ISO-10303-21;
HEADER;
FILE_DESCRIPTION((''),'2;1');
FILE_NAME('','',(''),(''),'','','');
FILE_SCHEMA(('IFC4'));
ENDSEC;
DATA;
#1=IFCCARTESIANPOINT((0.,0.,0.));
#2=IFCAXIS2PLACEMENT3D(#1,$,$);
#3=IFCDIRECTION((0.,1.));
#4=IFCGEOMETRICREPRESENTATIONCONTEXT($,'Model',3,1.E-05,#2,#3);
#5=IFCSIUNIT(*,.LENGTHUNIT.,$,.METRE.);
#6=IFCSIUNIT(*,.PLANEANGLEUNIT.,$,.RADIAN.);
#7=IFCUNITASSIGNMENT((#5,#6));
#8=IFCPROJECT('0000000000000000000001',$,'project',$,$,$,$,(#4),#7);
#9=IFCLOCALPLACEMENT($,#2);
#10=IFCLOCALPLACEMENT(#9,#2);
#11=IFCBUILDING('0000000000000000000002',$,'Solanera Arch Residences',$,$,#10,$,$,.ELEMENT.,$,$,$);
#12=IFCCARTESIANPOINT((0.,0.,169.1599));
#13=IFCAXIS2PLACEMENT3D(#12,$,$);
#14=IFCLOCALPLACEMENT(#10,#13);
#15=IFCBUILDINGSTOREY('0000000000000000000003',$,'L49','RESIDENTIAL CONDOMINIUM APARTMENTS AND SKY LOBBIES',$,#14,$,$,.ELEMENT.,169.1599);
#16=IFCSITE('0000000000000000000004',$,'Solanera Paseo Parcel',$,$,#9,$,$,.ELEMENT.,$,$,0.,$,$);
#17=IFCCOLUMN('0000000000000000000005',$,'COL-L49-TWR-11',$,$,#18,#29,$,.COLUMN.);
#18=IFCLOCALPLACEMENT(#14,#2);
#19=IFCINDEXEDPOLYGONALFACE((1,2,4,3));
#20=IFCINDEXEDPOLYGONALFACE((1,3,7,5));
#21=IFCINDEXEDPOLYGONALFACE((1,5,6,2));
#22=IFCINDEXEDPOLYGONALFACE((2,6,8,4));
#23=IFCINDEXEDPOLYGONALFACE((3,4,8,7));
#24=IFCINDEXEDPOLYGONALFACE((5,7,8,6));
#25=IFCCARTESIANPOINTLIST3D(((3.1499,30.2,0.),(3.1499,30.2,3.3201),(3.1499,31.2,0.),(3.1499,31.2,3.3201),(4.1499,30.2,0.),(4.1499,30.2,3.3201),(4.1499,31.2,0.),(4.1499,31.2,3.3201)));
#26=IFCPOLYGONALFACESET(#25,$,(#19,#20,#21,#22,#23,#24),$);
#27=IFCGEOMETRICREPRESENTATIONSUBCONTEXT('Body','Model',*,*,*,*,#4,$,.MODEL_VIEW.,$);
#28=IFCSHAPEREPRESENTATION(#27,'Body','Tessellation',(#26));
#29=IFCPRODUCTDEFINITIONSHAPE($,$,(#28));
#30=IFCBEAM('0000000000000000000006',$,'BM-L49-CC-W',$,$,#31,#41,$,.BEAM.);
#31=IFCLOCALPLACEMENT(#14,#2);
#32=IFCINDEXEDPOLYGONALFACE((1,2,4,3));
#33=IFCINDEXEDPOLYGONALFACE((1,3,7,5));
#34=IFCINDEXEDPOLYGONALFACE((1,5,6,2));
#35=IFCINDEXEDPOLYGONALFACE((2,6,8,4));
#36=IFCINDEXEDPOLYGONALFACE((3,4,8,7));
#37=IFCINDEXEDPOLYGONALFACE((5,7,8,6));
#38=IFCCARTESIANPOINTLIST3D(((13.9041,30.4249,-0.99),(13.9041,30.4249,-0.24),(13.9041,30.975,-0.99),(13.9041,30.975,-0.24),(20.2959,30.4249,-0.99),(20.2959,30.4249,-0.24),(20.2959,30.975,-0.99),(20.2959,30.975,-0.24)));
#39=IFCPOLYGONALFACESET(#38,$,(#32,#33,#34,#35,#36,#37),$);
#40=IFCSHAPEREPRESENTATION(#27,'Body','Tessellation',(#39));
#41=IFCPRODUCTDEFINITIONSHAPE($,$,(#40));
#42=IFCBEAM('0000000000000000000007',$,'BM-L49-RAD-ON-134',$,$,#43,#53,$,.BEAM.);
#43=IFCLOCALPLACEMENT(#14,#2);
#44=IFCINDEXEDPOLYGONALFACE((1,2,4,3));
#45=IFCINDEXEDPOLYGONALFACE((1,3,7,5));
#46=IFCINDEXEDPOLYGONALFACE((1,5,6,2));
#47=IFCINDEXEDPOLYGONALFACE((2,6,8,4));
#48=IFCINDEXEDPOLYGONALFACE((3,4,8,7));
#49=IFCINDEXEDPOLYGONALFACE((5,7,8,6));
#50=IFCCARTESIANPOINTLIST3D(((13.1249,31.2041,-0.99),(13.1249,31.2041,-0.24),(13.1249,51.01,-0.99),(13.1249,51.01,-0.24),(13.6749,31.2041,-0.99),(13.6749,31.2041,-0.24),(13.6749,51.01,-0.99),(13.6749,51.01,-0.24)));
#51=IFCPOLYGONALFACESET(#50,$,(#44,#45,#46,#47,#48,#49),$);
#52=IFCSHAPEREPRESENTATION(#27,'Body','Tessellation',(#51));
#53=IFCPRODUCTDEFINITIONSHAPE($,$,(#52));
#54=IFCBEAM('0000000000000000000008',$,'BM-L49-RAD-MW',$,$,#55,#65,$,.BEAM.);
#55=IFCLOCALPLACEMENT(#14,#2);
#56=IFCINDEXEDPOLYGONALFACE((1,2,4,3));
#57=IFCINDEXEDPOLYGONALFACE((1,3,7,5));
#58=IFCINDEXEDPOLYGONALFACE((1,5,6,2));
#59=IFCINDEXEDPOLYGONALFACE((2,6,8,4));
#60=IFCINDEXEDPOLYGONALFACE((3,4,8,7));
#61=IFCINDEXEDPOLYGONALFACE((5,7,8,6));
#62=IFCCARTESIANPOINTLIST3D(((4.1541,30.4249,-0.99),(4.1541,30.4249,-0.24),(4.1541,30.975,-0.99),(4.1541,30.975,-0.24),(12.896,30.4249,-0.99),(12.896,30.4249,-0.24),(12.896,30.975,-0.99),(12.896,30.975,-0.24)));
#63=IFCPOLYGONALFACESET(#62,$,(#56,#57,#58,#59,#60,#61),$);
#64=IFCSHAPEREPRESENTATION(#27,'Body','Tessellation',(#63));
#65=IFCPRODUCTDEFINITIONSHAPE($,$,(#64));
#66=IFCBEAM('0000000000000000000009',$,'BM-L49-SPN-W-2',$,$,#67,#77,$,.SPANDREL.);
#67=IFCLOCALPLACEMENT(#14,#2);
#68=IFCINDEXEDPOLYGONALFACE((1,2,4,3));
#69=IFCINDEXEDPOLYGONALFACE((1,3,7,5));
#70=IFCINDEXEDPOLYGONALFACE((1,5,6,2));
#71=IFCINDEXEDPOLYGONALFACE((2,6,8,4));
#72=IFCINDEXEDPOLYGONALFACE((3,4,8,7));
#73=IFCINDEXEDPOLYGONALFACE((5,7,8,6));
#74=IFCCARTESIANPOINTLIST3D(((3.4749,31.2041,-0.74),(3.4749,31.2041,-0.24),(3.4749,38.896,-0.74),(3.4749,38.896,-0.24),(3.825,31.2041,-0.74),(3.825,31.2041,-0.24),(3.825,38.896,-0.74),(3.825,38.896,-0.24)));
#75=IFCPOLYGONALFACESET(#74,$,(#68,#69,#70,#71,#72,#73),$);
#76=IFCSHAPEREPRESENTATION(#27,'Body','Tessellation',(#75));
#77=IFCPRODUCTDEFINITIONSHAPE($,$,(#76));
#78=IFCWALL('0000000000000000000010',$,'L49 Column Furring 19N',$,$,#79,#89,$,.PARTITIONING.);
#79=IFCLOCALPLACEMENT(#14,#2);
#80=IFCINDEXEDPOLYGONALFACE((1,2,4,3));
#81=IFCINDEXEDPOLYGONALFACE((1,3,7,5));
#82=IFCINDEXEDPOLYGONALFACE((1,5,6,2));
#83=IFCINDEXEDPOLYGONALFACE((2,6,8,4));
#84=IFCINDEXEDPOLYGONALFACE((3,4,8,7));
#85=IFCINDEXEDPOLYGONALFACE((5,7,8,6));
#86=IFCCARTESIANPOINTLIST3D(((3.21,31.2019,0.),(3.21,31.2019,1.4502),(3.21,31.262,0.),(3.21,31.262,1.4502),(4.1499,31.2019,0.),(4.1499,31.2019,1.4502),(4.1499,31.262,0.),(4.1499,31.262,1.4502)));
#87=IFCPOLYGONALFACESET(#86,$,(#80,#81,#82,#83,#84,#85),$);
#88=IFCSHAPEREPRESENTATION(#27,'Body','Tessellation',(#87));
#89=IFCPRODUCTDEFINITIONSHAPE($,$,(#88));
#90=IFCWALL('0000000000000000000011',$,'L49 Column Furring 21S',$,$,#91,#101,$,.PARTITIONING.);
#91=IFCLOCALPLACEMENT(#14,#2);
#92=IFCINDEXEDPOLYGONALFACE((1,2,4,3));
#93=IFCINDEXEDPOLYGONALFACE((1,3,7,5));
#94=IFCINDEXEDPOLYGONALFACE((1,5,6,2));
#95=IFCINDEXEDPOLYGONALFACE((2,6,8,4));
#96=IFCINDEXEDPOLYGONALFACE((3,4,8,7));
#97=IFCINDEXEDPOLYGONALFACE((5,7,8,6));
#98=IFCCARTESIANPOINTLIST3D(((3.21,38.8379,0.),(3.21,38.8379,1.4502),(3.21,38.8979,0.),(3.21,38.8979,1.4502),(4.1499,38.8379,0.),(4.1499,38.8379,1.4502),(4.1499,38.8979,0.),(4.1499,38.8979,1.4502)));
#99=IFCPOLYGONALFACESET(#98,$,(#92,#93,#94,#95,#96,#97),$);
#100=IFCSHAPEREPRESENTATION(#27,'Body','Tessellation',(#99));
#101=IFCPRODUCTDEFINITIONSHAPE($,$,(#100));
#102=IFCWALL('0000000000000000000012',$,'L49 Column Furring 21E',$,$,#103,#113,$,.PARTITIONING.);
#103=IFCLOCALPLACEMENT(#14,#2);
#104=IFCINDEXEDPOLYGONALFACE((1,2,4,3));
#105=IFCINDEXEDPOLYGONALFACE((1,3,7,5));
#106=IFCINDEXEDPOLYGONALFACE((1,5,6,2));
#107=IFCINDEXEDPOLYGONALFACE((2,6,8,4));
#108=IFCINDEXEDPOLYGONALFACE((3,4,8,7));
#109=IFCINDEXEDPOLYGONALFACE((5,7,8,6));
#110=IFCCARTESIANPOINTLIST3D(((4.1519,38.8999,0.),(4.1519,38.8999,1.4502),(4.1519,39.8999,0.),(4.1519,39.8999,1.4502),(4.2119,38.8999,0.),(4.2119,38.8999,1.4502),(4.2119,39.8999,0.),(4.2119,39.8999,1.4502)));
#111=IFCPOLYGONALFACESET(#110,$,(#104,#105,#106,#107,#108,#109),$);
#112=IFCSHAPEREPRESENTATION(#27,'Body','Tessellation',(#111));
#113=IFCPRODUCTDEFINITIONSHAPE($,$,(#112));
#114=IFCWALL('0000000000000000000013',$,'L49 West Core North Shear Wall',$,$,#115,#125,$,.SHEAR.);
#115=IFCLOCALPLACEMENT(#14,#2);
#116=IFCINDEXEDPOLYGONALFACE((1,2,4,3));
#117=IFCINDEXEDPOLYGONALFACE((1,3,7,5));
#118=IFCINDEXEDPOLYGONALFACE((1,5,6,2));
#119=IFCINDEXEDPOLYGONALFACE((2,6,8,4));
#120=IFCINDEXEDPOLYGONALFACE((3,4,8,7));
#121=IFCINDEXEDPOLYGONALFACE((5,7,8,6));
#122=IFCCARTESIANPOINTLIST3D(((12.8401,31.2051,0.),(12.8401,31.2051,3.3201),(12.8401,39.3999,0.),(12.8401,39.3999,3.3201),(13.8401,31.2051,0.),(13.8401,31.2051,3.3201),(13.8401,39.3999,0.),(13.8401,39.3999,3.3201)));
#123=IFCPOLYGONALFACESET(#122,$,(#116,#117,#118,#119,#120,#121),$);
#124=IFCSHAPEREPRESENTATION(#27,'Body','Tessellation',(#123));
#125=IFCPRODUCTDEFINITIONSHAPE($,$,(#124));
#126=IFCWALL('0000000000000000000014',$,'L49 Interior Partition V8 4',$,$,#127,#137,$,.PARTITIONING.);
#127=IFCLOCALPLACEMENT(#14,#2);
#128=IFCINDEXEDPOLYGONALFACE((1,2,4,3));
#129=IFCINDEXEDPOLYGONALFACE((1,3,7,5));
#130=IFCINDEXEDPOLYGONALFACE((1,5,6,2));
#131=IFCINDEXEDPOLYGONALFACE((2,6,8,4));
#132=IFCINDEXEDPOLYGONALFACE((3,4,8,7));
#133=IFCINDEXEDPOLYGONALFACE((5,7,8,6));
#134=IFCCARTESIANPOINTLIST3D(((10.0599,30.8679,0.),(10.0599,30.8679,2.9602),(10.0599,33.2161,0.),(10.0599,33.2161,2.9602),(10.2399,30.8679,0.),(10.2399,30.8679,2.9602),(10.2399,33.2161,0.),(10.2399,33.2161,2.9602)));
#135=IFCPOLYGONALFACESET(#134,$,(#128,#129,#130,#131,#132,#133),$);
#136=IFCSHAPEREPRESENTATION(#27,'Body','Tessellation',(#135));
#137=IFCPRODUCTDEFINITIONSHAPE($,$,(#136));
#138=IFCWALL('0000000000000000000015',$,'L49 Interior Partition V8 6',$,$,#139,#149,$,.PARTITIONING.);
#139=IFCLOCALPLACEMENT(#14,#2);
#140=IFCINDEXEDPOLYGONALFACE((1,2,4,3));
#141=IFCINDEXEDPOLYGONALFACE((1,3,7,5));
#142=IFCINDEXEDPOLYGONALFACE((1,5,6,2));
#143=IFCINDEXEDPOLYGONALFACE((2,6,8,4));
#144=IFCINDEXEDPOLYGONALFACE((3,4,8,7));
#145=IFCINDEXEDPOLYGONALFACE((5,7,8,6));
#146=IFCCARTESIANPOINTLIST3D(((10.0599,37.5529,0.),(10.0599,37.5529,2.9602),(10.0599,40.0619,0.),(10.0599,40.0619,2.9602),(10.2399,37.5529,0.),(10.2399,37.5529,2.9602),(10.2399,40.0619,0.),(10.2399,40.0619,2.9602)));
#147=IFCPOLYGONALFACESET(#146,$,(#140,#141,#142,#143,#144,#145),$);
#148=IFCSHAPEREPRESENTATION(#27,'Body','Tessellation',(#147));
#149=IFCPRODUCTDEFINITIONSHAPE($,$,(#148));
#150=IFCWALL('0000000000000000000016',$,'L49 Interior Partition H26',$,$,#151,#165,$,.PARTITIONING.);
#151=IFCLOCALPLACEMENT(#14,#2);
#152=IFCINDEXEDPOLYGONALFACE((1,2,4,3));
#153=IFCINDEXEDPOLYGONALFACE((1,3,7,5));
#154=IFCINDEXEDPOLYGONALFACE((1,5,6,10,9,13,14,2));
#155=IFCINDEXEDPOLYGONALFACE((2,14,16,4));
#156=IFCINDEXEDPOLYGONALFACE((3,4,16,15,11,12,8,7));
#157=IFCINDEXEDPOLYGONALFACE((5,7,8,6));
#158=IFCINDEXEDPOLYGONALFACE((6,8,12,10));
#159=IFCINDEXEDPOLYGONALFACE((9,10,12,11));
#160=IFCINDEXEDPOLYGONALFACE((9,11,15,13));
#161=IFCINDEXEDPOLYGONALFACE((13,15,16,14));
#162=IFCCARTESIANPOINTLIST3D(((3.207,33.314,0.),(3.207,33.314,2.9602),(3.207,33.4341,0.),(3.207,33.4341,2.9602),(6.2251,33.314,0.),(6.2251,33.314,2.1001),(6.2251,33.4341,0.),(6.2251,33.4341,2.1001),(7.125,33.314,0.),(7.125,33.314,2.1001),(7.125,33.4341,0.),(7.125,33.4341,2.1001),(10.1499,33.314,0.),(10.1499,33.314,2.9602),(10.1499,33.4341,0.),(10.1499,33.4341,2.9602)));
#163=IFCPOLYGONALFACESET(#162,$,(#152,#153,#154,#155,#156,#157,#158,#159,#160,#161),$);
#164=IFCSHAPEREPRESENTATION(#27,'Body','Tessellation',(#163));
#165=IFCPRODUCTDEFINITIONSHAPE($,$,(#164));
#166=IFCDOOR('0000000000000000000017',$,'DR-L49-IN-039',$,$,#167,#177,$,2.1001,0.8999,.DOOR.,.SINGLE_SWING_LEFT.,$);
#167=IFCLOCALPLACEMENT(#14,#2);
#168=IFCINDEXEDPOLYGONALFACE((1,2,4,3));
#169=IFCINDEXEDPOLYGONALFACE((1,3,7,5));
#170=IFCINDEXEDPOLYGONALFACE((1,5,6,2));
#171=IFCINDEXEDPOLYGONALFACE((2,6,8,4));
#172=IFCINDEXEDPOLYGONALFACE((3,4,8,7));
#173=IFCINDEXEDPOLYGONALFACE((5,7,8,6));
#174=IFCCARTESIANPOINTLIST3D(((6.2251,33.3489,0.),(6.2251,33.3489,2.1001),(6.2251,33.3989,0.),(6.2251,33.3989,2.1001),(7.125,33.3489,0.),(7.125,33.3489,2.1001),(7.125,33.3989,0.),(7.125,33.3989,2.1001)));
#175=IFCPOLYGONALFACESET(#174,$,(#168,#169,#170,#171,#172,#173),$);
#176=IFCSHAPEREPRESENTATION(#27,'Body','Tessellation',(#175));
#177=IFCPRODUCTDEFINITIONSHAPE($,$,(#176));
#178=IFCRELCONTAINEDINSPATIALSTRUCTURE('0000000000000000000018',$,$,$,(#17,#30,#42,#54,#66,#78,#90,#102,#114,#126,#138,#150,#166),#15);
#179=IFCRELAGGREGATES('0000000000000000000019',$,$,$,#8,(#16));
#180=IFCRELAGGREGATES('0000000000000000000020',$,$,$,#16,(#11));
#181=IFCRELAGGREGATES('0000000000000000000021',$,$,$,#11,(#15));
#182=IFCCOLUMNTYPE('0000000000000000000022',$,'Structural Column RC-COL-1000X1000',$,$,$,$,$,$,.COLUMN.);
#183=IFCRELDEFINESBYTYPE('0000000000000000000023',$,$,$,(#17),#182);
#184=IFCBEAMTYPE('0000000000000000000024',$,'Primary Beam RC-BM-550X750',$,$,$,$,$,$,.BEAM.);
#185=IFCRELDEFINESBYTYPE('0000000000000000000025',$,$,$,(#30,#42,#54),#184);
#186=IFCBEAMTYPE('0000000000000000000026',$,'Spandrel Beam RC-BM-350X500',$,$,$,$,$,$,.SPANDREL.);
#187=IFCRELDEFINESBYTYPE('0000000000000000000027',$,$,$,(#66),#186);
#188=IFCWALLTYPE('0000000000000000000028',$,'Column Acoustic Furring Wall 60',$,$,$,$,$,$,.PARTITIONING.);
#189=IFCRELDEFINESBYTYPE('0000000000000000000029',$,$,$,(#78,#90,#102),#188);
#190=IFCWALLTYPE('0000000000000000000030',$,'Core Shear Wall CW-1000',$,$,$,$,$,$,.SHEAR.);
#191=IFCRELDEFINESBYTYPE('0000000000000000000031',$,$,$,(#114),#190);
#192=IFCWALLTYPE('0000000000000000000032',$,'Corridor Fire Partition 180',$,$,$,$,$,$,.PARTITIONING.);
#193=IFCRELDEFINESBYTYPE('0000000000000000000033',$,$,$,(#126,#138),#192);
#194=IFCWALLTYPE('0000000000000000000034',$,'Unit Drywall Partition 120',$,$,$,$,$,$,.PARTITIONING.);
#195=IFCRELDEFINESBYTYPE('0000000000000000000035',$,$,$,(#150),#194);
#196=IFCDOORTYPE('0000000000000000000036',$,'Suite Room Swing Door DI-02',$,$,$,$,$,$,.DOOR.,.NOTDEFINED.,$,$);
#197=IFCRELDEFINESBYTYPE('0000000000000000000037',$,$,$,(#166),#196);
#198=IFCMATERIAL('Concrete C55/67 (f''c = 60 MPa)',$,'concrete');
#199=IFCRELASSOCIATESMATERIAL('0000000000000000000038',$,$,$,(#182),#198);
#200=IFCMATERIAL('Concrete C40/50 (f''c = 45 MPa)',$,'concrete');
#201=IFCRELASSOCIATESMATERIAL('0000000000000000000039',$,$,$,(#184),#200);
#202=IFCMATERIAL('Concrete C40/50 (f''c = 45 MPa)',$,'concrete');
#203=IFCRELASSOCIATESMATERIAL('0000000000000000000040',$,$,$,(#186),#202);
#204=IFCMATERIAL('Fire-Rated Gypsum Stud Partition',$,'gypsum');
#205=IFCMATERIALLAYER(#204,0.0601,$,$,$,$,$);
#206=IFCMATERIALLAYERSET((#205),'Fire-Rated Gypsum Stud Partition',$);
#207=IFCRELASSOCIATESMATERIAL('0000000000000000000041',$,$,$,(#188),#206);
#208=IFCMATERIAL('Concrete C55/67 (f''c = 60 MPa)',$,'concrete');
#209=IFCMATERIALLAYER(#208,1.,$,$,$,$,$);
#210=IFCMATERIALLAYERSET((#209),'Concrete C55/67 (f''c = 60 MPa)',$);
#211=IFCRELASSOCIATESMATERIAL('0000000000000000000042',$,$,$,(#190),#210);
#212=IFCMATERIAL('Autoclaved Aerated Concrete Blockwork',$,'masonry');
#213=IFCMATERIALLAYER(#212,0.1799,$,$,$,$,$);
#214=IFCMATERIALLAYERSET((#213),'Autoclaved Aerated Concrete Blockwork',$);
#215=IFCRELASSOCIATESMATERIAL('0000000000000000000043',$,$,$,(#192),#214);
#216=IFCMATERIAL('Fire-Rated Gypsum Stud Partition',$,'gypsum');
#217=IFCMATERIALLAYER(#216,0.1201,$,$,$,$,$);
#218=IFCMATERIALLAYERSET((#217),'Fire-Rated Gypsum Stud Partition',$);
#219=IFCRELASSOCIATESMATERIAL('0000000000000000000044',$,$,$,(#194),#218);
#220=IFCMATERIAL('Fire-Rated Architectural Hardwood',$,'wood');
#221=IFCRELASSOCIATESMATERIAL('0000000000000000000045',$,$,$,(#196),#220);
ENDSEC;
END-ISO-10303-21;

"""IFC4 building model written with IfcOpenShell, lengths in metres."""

from ifc_helpers import new_model, si_unit, direction, frame, frame_2d, origin, origin_2d, place, context, subcontext, project, spatial, rectangle, extrude, material, layer, layer_set, material_profile, profile_set, type_object, element, fill, save


model = new_model("IFC4")

# Units and contexts
model_context = context("Model", 3, precision=1e-05, world=origin(), true_north=direction((0.0, 1.0)))
body_context = subcontext(model_context, "Body", "Model", "MODEL_VIEW")
ifc_project = project(units=[si_unit("LENGTHUNIT", "METRE"), si_unit("PLANEANGLEUNIT", "RADIAN")], contexts=[model_context])

# Site, building, storey
site_placement = place(None, origin())
site = spatial("IfcSite", under=ifc_project, at=site_placement, Name="Solanera Paseo Parcel", CompositionType="ELEMENT", RefElevation=0.0)
building_placement = place(site_placement, origin())
building = spatial("IfcBuilding", under=site, at=building_placement, Name="Solanera Arch Residences", CompositionType="ELEMENT")
storey_placement = place(building_placement, frame((0.0, 0.0, 169.1599)))
storey = spatial("IfcBuildingStorey", under=building, at=storey_placement, Name="L49", Description="RESIDENTIAL CONDOMINIUM APARTMENTS AND SKY LOBBIES", CompositionType="ELEMENT", Elevation=169.1599)

# Column
ifc_material_1 = material(Name="Concrete C55/67 (f'c = 60 MPa)", Category="concrete")
ifc_material_profile_1 = material_profile(ifc_material_1, rectangle(XDim=1.0, YDim=1.0, at=origin_2d()))
ifc_profile_set_1 = profile_set([ifc_material_profile_1], Name="Concrete C55/67 (f'c = 60 MPa)")
column_type = type_object("IfcColumnType", Name="Structural Column RC-COL-1000X1000", PredefinedType="COLUMN", material=ifc_profile_set_1)
column_placement = place(storey_placement, frame((3.6499, 30.7, 0.0), z_axis=(0.0, 0.0, 1.0), x_axis=(1.0, 0.0, 0.0)))
element("IfcColumn", 1, at=column_placement, inside=storey, type_object=column_type, Name="COL-L49-TWR-11", PredefinedType="COLUMN", context=body_context, shape_type="SweptSolid", body=[
    extrude(rectangle(XDim=1.0, YDim=1.0, at=origin_2d()), origin(), (0.0, 0.0, 1.0), 3.3201),
])

# Beams
ifc_material_2 = material(Name="Concrete C40/50 (f'c = 45 MPa)", Category="concrete")
ifc_material_profile_2 = material_profile(ifc_material_2, rectangle(XDim=0.55, YDim=0.75, at=origin_2d()))
ifc_profile_set_2 = profile_set([ifc_material_profile_2], Name="Concrete C40/50 (f'c = 45 MPa)")
beam_type_1 = type_object("IfcBeamType", Name="Primary Beam RC-BM-550X750", PredefinedType="BEAM", material=ifc_profile_set_2)
beam_1_placement = place(storey_placement, frame((13.9041, 30.7, -0.615), z_axis=(1.0, 0.0, 0.0), x_axis=(0.0, 1.0, 0.0)))
element("IfcBeam", 2, at=beam_1_placement, inside=storey, type_object=beam_type_1, Name="BM-L49-CC-W", PredefinedType="BEAM", context=body_context, shape_type="SweptSolid", body=[
    extrude(rectangle(XDim=0.55, YDim=0.75, at=origin_2d()), origin(), (0.0, 0.0, 1.0), 6.3918),
])
beam_2_placement = place(storey_placement, frame((13.3999, 31.2041, -0.615), z_axis=(0.0, 1.0, 0.0), x_axis=(-1.0, 0.0, 0.0)))
element("IfcBeam", 3, at=beam_2_placement, inside=storey, type_object=beam_type_1, Name="BM-L49-RAD-ON-134", PredefinedType="BEAM", context=body_context, shape_type="SweptSolid", body=[
    extrude(rectangle(XDim=0.55, YDim=0.75, at=origin_2d()), origin(), (0.0, 0.0, 1.0), 19.8059),
])
beam_3_placement = place(storey_placement, frame((4.1541, 30.7, -0.615), z_axis=(1.0, 0.0, 0.0), x_axis=(0.0, 1.0, 0.0)))
element("IfcBeam", 4, at=beam_3_placement, inside=storey, type_object=beam_type_1, Name="BM-L49-RAD-MW", PredefinedType="BEAM", context=body_context, shape_type="SweptSolid", body=[
    extrude(rectangle(XDim=0.55, YDim=0.75, at=origin_2d()), origin(), (0.0, 0.0, 1.0), 8.7419),
])
ifc_material_3 = material(Name="Concrete C40/50 (f'c = 45 MPa)", Category="concrete")
ifc_material_profile_3 = material_profile(ifc_material_3, rectangle(XDim=0.3501, YDim=0.5, at=origin_2d()))
ifc_profile_set_3 = profile_set([ifc_material_profile_3], Name="Concrete C40/50 (f'c = 45 MPa)")
beam_type_2 = type_object("IfcBeamType", Name="Spandrel Beam RC-BM-350X500", PredefinedType="SPANDREL", material=ifc_profile_set_3)
beam_4_placement = place(storey_placement, frame((3.6499, 31.2041, -0.49), z_axis=(0.0, 1.0, 0.0), x_axis=(-1.0, 0.0, 0.0)))
element("IfcBeam", 5, at=beam_4_placement, inside=storey, type_object=beam_type_2, Name="BM-L49-SPN-W-2", PredefinedType="SPANDREL", context=body_context, shape_type="SweptSolid", body=[
    extrude(rectangle(XDim=0.3501, YDim=0.5, at=origin_2d()), origin(), (0.0, 0.0, 1.0), 7.6919),
])

# Walls
ifc_material_4 = material(Name="Fire-Rated Gypsum Stud Partition", Category="gypsum")
ifc_layer_1 = layer(ifc_material_4, 0.0601)
ifc_layer_set_1 = layer_set([ifc_layer_1], Name="Fire-Rated Gypsum Stud Partition")
wall_type_1 = type_object("IfcWallType", Name="Column Acoustic Furring Wall 60", PredefinedType="PARTITIONING", material=ifc_layer_set_1)
for number, where, z_axis, x_axis, name in (
    (6, (3.21, 31.2319, 0.0), (0.0, 0.0, 1.0), (1.0, 0.0, 0.0), "L49 Column Furring 19N"),
    (7, (3.21, 38.8679, 0.0), (0.0, 0.0, 1.0), (1.0, 0.0, 0.0), "L49 Column Furring 21S"),
):
    element("IfcWall", number, at=place(storey_placement, frame(where, z_axis=z_axis, x_axis=x_axis)), inside=storey, type_object=wall_type_1, Name=name, PredefinedType="PARTITIONING", context=body_context, shape_type="SweptSolid", body=[
        extrude(rectangle(XDim=0.9399, YDim=0.0601, at=frame_2d((0.47, 0.0))), origin(), (0.0, 0.0, 1.0), 1.4502),
    ])
wall_1_placement = place(storey_placement, frame((4.1819, 38.8999, 0.0), z_axis=(0.0, 0.0, 1.0), x_axis=(0.0, 1.0, 0.0)))
element("IfcWall", 8, at=wall_1_placement, inside=storey, type_object=wall_type_1, Name="L49 Column Furring 21E", PredefinedType="PARTITIONING", context=body_context, shape_type="SweptSolid", body=[
    extrude(rectangle(XDim=1.0, YDim=0.0601, at=frame_2d((0.5, 0.0))), origin(), (0.0, 0.0, 1.0), 1.4502),
])
ifc_material_5 = material(Name="Concrete C55/67 (f'c = 60 MPa)", Category="concrete")
ifc_layer_2 = layer(ifc_material_5, 1.0)
ifc_layer_set_2 = layer_set([ifc_layer_2], Name="Concrete C55/67 (f'c = 60 MPa)")
wall_type_2 = type_object("IfcWallType", Name="Core Shear Wall CW-1000", PredefinedType="SHEAR", material=ifc_layer_set_2)
wall_2_placement = place(storey_placement, frame((13.3401, 31.2051, 0.0), z_axis=(0.0, 0.0, 1.0), x_axis=(0.0, 1.0, 0.0)))
element("IfcWall", 9, at=wall_2_placement, inside=storey, type_object=wall_type_2, Name="L49 West Core North Shear Wall", PredefinedType="SHEAR", context=body_context, shape_type="SweptSolid", body=[
    extrude(rectangle(XDim=8.1948, YDim=1.0, at=frame_2d((4.0974, 0.0))), origin(), (0.0, 0.0, 1.0), 3.3201),
])
ifc_material_6 = material(Name="Autoclaved Aerated Concrete Blockwork", Category="masonry")
ifc_layer_3 = layer(ifc_material_6, 0.1799)
ifc_layer_set_3 = layer_set([ifc_layer_3], Name="Autoclaved Aerated Concrete Blockwork")
wall_type_3 = type_object("IfcWallType", Name="Corridor Fire Partition 180", PredefinedType="PARTITIONING", material=ifc_layer_set_3)
wall_3_placement = place(storey_placement, frame((10.1499, 30.8679, 0.0), z_axis=(0.0, 0.0, 1.0), x_axis=(0.0, 1.0, 0.0)))
element("IfcWall", 10, at=wall_3_placement, inside=storey, type_object=wall_type_3, Name="L49 Interior Partition V8 4", PredefinedType="PARTITIONING", context=body_context, shape_type="SweptSolid", body=[
    extrude(rectangle(XDim=2.3481, YDim=0.1799, at=frame_2d((1.1741, 0.0))), origin(), (0.0, 0.0, 1.0), 2.9602),
])

# Wall
wall_4_placement = place(storey_placement, frame((10.1499, 37.553, 0.0), z_axis=(0.0, 0.0, 1.0), x_axis=(0.0, 1.0, 0.0)))
element("IfcWall", 11, at=wall_4_placement, inside=storey, type_object=wall_type_3, Name="L49 Interior Partition V8 6", PredefinedType="PARTITIONING", context=body_context, shape_type="SweptSolid", body=[
    extrude(rectangle(XDim=2.509, YDim=0.1799, at=frame_2d((1.2544, 0.0))), origin(), (0.0, 0.0, 1.0), 2.9602),
])

# Wall, opening, door
ifc_material_7 = material(Name="Fire-Rated Gypsum Stud Partition", Category="gypsum")
ifc_layer_4 = layer(ifc_material_7, 0.1201)
ifc_layer_set_4 = layer_set([ifc_layer_4], Name="Fire-Rated Gypsum Stud Partition")
wall_type_4 = type_object("IfcWallType", Name="Unit Drywall Partition 120", PredefinedType="PARTITIONING", material=ifc_layer_set_4)
wall_5_placement = place(storey_placement, frame((3.207, 33.374, 0.0), z_axis=(0.0, 0.0, 1.0), x_axis=(1.0, 0.0, 0.0)))
wall_5 = element("IfcWall", 12, at=wall_5_placement, inside=storey, type_object=wall_type_4, Name="L49 Interior Partition H26", PredefinedType="PARTITIONING", context=body_context, shape_type="SweptSolid", body=[
    extrude(rectangle(XDim=6.9429, YDim=0.1201, at=frame_2d((3.4714, 0.0))), origin(), (0.0, 0.0, 1.0), 2.9602),
])
opening_1_placement = place(wall_5_placement, frame((3.0181, 0.0, 0.0)))
opening_1 = element("IfcOpeningElement", 13, at=opening_1_placement, cuts=wall_5, PredefinedType="OPENING", context=body_context, shape_type="SweptSolid", body=[
    extrude(rectangle(XDim=0.8999, YDim=2.1001, at=frame_2d((0.45, 1.05))), frame((0.0, 0.0701, 0.0), z_axis=(0.0, -1.0, 0.0), x_axis=(1.0, 0.0, 0.0)), (0.0, 0.0, 1.0), 0.1401),
])
ifc_material_8 = material(Name="Fire-Rated Architectural Hardwood", Category="wood")
door_type_1 = type_object("IfcDoorType", Name="Suite Room Swing Door DI-02", OperationType="NOTDEFINED", PredefinedType="DOOR", material=ifc_material_8)
door_1_placement = place(opening_1_placement, origin())
door_1 = element("IfcDoor", 14, at=door_1_placement, inside=storey, type_object=door_type_1, Name="DR-L49-IN-039", OperationType="SINGLE_SWING_LEFT", OverallHeight=2.1001, OverallWidth=0.8999, PredefinedType="DOOR", context=body_context, shape_type="SweptSolid", body=[
    extrude(rectangle(XDim=0.8999, YDim=2.1001, at=frame_2d((0.45, 1.05))), frame((0.0, 0.0249, 0.0), z_axis=(0.0, -1.0, 0.0), x_axis=(1.0, 0.0, 0.0)), (0.0, 0.0, 1.0), 0.05),
])
fill(opening_1, door_1)

save(model, "model.ifc")
